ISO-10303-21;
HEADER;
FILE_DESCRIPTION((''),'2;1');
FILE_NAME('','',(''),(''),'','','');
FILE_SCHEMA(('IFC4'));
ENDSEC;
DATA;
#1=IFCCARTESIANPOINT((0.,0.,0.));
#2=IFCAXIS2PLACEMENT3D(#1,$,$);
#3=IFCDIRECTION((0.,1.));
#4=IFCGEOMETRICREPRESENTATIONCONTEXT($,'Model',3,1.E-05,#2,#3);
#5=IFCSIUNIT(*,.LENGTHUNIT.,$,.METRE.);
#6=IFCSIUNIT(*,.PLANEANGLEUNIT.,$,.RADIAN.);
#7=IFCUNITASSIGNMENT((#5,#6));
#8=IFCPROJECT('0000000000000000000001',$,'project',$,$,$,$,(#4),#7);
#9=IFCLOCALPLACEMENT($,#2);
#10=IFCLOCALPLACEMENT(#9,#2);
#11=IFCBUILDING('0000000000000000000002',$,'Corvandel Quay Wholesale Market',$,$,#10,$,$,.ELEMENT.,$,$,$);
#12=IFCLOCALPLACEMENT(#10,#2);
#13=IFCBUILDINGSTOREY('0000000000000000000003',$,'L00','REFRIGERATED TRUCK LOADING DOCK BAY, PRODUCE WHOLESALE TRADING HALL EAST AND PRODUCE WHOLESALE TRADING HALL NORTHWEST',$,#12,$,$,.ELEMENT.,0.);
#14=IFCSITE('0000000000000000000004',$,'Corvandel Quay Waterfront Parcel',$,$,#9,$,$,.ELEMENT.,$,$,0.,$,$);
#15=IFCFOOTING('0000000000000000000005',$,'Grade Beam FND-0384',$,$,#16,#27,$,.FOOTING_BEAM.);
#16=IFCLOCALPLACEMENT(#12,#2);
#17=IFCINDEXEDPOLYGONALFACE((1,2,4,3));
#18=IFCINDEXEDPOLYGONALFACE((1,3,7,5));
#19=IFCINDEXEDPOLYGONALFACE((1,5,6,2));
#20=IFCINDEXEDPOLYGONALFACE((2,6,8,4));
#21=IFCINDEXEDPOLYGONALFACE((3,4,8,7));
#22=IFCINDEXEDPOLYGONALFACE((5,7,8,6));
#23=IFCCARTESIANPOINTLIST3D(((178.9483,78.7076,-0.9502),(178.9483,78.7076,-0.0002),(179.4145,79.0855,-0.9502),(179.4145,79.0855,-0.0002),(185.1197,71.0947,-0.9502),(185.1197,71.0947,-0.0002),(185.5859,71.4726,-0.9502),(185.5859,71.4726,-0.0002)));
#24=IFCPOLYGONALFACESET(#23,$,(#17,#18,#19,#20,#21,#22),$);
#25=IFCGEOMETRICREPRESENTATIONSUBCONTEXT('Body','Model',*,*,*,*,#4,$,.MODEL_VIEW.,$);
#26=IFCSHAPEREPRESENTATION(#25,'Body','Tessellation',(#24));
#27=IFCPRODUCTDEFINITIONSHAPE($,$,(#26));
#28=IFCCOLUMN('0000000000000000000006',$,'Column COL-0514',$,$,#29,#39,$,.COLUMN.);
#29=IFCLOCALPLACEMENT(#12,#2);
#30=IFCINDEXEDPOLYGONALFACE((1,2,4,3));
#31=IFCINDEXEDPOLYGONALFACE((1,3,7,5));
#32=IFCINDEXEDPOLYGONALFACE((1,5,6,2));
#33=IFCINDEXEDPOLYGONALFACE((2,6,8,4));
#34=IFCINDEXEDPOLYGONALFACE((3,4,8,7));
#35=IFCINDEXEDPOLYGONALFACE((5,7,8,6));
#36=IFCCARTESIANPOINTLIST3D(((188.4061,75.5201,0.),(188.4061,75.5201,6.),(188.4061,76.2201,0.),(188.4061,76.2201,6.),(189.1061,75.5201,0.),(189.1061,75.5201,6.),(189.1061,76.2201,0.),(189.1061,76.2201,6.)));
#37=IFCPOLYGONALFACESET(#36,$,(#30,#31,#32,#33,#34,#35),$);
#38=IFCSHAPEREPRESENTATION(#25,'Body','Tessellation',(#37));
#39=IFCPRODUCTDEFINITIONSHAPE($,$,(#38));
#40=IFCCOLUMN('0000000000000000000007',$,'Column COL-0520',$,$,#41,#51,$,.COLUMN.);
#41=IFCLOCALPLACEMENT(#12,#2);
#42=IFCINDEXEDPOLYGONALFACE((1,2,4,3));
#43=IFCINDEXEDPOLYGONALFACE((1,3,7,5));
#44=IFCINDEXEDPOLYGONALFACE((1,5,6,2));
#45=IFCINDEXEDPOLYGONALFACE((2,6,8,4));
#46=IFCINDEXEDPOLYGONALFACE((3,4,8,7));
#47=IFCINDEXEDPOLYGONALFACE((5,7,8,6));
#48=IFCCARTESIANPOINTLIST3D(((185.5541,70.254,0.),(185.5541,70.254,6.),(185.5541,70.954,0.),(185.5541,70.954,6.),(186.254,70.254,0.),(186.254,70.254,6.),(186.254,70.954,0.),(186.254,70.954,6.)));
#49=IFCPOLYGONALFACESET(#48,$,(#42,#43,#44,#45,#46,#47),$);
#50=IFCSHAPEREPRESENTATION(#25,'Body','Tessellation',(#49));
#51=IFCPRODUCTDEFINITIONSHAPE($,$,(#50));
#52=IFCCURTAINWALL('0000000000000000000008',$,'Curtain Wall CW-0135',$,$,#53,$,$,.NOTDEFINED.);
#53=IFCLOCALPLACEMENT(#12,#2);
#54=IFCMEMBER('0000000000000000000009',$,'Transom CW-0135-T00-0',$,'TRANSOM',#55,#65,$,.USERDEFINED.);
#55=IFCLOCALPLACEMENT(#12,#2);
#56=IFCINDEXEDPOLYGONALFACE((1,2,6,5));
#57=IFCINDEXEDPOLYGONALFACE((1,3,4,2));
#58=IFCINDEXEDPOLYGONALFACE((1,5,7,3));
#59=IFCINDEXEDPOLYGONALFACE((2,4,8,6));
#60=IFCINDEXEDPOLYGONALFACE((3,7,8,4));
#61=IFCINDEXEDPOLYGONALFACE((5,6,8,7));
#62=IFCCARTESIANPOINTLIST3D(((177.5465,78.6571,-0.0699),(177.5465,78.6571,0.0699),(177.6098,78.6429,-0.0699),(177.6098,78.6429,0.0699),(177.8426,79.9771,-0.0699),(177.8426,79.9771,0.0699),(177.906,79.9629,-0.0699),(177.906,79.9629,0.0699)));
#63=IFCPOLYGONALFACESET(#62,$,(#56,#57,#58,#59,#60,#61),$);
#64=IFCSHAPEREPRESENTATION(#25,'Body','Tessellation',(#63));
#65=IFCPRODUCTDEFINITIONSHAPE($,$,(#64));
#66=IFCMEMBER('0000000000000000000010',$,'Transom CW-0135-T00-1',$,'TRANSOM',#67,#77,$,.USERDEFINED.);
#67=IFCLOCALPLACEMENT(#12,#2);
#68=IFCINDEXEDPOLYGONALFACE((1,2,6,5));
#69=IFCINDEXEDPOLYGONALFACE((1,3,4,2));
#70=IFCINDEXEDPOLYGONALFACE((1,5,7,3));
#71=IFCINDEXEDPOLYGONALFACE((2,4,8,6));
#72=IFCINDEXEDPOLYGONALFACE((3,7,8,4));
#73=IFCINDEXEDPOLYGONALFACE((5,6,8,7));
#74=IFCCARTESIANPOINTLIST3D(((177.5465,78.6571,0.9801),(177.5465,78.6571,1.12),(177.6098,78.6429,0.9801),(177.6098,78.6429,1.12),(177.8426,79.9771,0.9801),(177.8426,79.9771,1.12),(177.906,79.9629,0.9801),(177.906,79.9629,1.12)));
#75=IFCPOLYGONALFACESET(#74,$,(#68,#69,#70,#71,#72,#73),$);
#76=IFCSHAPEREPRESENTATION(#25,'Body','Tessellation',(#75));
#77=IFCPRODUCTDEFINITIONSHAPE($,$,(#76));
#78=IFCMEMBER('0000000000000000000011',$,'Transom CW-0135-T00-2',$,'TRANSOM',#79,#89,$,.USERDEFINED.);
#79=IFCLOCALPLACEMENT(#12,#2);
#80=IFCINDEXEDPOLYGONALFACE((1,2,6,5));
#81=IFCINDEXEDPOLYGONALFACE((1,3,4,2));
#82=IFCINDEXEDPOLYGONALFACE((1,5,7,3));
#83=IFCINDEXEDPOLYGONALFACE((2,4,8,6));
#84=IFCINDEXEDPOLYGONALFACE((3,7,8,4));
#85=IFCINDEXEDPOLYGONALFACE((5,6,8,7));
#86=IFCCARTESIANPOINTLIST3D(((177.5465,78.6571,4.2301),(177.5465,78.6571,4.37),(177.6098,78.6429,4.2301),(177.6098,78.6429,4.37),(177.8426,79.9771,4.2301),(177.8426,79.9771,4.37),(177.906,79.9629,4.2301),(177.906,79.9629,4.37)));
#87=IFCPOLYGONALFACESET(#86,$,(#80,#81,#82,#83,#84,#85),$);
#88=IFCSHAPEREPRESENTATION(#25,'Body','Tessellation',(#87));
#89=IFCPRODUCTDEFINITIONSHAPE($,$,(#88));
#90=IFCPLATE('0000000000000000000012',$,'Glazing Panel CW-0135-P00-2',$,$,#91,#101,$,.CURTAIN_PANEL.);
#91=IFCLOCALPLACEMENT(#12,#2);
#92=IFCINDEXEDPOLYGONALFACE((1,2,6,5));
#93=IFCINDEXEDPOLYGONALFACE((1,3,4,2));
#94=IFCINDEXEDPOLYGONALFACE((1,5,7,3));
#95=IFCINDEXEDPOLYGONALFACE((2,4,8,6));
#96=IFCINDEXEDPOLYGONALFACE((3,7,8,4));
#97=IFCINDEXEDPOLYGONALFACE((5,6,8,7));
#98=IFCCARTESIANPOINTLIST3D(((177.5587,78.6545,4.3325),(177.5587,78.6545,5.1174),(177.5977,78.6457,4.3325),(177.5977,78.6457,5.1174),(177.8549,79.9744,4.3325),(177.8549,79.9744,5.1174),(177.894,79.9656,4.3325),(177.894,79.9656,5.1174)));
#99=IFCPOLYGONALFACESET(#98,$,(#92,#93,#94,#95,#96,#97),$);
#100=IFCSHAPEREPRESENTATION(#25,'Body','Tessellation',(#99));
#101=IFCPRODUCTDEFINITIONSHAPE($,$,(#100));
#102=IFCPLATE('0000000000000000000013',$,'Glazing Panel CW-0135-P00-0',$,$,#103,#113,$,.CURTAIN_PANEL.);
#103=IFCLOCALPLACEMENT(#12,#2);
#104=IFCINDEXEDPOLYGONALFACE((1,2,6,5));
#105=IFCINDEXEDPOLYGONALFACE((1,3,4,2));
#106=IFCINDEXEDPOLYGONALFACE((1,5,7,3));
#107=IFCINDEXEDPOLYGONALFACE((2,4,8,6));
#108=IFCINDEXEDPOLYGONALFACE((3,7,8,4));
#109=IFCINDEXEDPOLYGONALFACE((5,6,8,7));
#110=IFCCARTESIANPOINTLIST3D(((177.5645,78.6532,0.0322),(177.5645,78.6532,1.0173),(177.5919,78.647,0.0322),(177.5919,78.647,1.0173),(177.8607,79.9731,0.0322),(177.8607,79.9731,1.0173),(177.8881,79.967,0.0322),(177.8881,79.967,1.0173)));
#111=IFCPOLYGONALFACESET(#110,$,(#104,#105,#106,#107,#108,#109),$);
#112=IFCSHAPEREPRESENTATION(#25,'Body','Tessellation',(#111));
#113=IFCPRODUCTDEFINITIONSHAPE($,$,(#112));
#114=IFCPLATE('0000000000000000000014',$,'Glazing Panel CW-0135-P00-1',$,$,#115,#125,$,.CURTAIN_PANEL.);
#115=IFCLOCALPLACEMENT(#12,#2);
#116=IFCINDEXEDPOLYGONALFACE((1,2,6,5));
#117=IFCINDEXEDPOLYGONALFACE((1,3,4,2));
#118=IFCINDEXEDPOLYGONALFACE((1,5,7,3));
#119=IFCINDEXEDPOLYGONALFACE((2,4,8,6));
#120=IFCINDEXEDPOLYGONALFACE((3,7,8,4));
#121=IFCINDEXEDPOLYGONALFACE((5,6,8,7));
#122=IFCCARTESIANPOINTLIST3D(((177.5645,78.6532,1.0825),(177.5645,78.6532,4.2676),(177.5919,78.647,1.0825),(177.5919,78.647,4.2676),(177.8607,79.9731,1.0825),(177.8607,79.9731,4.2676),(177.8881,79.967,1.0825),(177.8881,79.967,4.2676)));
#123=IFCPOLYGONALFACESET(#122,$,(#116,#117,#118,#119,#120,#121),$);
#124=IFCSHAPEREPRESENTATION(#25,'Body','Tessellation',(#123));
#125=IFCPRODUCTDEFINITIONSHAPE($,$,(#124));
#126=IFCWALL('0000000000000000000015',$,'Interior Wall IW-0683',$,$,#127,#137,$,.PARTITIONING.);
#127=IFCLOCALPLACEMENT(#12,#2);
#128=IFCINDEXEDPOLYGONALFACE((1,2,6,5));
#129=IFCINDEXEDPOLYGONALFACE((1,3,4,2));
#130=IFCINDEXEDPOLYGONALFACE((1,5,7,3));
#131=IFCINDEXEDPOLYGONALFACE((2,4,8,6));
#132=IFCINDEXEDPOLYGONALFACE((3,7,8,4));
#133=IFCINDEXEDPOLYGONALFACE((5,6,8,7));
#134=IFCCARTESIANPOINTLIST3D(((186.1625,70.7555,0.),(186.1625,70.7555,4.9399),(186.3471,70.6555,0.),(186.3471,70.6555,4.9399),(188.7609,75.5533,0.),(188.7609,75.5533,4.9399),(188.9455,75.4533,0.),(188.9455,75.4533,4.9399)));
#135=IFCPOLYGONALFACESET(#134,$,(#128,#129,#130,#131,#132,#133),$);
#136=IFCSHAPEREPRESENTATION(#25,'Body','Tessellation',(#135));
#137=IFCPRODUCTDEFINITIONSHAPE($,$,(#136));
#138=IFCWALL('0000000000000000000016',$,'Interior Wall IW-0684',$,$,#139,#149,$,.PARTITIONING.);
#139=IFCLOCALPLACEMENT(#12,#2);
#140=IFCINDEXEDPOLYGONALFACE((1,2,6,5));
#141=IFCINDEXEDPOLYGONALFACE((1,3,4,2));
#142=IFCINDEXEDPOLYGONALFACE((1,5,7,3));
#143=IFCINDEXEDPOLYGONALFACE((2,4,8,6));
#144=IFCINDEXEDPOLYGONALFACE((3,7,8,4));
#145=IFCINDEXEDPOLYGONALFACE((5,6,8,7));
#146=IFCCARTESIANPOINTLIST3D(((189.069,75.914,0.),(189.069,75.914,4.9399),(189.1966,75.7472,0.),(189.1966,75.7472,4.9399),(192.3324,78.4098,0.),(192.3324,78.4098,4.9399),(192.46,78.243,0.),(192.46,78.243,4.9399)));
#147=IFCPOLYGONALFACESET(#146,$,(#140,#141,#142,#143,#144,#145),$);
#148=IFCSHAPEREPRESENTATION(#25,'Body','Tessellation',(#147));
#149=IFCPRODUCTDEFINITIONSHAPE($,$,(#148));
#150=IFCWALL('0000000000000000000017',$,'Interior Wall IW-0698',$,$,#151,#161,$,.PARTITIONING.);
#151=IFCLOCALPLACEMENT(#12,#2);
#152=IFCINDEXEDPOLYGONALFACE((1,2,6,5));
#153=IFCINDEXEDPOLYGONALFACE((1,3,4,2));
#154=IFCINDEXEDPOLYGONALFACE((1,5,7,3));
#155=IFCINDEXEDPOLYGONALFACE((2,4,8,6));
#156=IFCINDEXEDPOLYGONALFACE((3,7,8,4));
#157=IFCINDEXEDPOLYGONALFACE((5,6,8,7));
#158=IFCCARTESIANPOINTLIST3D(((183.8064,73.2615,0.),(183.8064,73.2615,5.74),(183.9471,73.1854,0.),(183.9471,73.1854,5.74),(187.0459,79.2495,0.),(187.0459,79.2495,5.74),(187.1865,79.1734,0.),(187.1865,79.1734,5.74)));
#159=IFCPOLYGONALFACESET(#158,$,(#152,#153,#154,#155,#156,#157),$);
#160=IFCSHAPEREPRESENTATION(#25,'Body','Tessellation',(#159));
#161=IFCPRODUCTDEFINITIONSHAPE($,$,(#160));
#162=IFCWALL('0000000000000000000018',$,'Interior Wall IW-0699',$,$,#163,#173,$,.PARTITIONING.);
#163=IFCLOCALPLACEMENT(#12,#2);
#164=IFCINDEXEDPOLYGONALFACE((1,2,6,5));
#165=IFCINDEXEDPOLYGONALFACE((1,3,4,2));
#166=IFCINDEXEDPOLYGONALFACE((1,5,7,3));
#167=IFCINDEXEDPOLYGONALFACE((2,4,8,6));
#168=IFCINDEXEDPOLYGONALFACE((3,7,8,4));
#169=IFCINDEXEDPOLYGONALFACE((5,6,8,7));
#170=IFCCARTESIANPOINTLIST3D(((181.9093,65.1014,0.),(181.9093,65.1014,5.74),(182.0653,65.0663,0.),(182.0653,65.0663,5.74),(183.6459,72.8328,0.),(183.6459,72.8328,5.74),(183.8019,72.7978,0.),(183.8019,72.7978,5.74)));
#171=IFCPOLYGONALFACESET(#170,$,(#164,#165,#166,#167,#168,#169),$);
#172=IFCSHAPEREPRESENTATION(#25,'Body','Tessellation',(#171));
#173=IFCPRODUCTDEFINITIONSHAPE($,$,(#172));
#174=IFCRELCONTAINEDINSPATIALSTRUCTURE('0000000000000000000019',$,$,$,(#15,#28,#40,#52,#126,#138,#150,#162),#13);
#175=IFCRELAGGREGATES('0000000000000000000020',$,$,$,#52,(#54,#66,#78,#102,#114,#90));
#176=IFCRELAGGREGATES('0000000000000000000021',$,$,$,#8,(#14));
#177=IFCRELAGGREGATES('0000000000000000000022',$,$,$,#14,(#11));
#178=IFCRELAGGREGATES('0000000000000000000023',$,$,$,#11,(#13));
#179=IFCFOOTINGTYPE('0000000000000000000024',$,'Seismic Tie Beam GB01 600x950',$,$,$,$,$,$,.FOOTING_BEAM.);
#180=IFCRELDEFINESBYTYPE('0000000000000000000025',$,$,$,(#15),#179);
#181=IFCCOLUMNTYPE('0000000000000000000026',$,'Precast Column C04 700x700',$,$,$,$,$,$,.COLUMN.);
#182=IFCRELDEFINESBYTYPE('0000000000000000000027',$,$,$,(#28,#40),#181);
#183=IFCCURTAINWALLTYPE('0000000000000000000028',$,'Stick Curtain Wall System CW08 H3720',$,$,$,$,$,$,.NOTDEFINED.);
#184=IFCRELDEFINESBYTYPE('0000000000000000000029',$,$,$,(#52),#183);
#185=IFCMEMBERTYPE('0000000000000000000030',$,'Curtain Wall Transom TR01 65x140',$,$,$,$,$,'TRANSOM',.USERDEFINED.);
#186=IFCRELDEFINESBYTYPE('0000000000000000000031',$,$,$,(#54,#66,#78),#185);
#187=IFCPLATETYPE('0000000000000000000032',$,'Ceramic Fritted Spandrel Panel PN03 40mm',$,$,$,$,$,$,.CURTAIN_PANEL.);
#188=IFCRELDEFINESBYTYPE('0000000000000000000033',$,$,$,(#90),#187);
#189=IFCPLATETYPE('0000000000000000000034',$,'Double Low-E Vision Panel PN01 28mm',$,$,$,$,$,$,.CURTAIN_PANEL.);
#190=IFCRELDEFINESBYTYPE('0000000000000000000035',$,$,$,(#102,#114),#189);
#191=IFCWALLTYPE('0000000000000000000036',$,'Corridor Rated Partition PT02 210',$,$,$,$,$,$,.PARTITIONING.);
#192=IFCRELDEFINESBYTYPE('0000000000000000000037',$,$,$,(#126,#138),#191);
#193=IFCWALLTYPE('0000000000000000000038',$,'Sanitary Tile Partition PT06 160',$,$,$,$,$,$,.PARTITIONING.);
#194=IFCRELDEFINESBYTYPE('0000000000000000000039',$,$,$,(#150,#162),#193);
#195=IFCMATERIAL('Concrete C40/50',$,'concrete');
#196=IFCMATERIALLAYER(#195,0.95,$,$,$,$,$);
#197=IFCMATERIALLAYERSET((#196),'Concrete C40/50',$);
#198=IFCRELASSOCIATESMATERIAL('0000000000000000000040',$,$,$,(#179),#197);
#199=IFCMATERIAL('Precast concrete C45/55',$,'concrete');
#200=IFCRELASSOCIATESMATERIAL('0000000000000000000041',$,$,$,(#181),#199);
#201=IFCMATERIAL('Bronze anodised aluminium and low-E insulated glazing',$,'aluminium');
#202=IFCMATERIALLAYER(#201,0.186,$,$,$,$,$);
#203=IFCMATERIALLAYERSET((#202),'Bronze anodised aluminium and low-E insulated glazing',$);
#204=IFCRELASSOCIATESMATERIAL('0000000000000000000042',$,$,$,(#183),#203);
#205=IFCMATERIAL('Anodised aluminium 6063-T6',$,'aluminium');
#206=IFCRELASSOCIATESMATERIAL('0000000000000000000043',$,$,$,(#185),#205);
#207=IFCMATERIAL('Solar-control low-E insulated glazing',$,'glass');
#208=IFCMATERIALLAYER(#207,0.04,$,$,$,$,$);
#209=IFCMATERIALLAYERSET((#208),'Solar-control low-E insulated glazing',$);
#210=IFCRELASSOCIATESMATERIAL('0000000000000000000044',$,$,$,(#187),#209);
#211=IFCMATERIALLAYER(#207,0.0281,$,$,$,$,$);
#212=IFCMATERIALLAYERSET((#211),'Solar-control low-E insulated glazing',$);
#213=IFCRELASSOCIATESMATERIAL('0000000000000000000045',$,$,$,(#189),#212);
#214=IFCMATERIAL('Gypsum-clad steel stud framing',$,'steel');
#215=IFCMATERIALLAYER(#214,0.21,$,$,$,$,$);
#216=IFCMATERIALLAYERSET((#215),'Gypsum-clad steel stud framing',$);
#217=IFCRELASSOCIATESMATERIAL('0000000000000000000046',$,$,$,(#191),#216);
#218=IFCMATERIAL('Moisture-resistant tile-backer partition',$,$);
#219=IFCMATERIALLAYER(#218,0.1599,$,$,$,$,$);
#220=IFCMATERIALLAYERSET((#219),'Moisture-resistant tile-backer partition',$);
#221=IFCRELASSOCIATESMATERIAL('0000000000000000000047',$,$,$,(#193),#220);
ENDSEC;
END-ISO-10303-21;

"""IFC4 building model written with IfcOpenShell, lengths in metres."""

from ifc_helpers import new_model, si_unit, direction, frame, frame_2d, origin, origin_2d, place, context, subcontext, project, spatial, rectangle, extrude, material, layer, layer_set, material_profile, profile_set, type_object, element, aggregate, save


model = new_model("IFC4")

# Units and contexts
model_context = context("Model", 3, precision=1e-05, world=origin(), true_north=direction((0.0, 1.0)))
body_context = subcontext(model_context, "Body", "Model", "MODEL_VIEW")
ifc_project = project(units=[si_unit("LENGTHUNIT", "METRE"), si_unit("PLANEANGLEUNIT", "RADIAN")], contexts=[model_context])

# Site, building, storey
site_placement = place(None, origin())
site = spatial("IfcSite", under=ifc_project, at=site_placement, Name="Corvandel Quay Waterfront Parcel", CompositionType="ELEMENT", RefElevation=0.0)
building_placement = place(site_placement, origin())
building = spatial("IfcBuilding", under=site, at=building_placement, Name="Corvandel Quay Wholesale Market", CompositionType="ELEMENT")
storey_placement = place(building_placement, origin())
storey = spatial("IfcBuildingStorey", under=building, at=storey_placement, Name="L00", Description="REFRIGERATED TRUCK LOADING DOCK BAY, PRODUCE WHOLESALE TRADING HALL EAST AND PRODUCE WHOLESALE TRADING HALL NORTHWEST", CompositionType="ELEMENT", Elevation=0.0)

# Shared definitions
ifc_material_1 = material(Name="Concrete C40/50", Category="concrete")

# Footing
ifc_layer_1 = layer(ifc_material_1, 0.95)
ifc_layer_set_1 = layer_set([ifc_layer_1], Name="Concrete C40/50")
footing_type_1 = type_object("IfcFootingType", Name="Seismic Tie Beam GB01 600x950", PredefinedType="FOOTING_BEAM", material=ifc_layer_set_1)
footing_placement = place(storey_placement, frame((182.2671, 75.0901, -0.9502), z_axis=(0.0, 0.0, 1.0), x_axis=(-0.629727, 0.776816, 0.0)))
element("IfcFooting", 1, at=footing_placement, inside=storey, type_object=footing_type_1, Name="Grade Beam FND-0384", PredefinedType="FOOTING_BEAM", context=body_context, shape_type="SweptSolid", body=[
    extrude(rectangle(XDim=9.8, YDim=0.6001, at=origin_2d()), origin(), (0.0, 0.0, 1.0), 0.95),
])

# Columns
ifc_material_2 = material(Name="Precast concrete C45/55", Category="concrete")
ifc_material_profile_1 = material_profile(ifc_material_2, rectangle(XDim=0.7, YDim=0.7, at=origin_2d()), Name="PC-COL-700x700")
ifc_profile_set_1 = profile_set([ifc_material_profile_1], Name="Precast concrete C45/55")
column_type = type_object("IfcColumnType", Name="Precast Column C04 700x700", PredefinedType="COLUMN", material=ifc_profile_set_1)
for number, where, z_axis, x_axis, name in (
    (2, (188.7561, 75.8701, 0.0), (0.0, 0.0, 1.0), (1.0, 0.0, 0.0), "Column COL-0514"),
    (3, (185.9041, 70.604, 0.0), (0.0, 0.0, 1.0), (1.0, 0.0, 0.0), "Column COL-0520"),
):
    element("IfcColumn", number, at=place(storey_placement, frame(where, z_axis=z_axis, x_axis=x_axis)), inside=storey, type_object=column_type, Name=name, PredefinedType="COLUMN", context=body_context, shape_type="SweptSolid", body=[
        extrude(rectangle(XDim=0.7, YDim=0.7, at=origin_2d()), origin(), (0.0, 0.0, 1.0), 6.0),
    ])

# Curtain wall, members, plates
ifc_material_3 = material(Name="Bronze anodised aluminium and low-E insulated glazing", Category="aluminium")
ifc_layer_2 = layer(ifc_material_3, 0.186)
ifc_layer_set_2 = layer_set([ifc_layer_2], Name="Bronze anodised aluminium and low-E insulated glazing")
curtain_wall_type = type_object("IfcCurtainWallType", Name="Stick Curtain Wall System CW08 H3720", PredefinedType="NOTDEFINED", material=ifc_layer_set_2)
curtain_wall_placement = place(storey_placement, origin())
curtain_wall = element("IfcCurtainWall", 4, at=curtain_wall_placement, inside=storey, type_object=curtain_wall_type, Name="Curtain Wall CW-0135", PredefinedType="NOTDEFINED")
ifc_material_4 = material(Name="Anodised aluminium 6063-T6", Category="aluminium")
ifc_material_profile_2 = material_profile(ifc_material_4, rectangle(XDim=0.0649, YDim=0.1399, at=origin_2d()), Name="ALU-TRN-65x140")
ifc_profile_set_2 = profile_set([ifc_material_profile_2], Name="Anodised aluminium 6063-T6")
member_type = type_object("IfcMemberType", Name="Curtain Wall Transom TR01 65x140", ElementType="TRANSOM", PredefinedType="USERDEFINED", material=ifc_profile_set_2)
member_1_placement = place(storey_placement, frame((177.8743, 79.97, 0.0), z_axis=(-0.218898, -0.975748, 0.0), x_axis=(0.975748, -0.218898, 0.0)))
member_1 = element("IfcMember", 5, at=member_1_placement, type_object=member_type, Name="Transom CW-0135-T00-0", ObjectType="TRANSOM", PredefinedType="USERDEFINED", context=body_context, shape_type="SweptSolid", body=[
    extrude(rectangle(XDim=0.0649, YDim=0.1399, at=origin_2d()), origin(), (0.0, 0.0, 1.0), 1.3528),
])
member_2_placement = place(storey_placement, frame((177.8743, 79.97, 1.05), z_axis=(-0.218898, -0.975748, 0.0), x_axis=(0.975748, -0.218898, 0.0)))
member_2 = element("IfcMember", 6, at=member_2_placement, type_object=member_type, Name="Transom CW-0135-T00-1", ObjectType="TRANSOM", PredefinedType="USERDEFINED", context=body_context, shape_type="SweptSolid", body=[
    extrude(rectangle(XDim=0.0649, YDim=0.1399, at=origin_2d()), origin(), (0.0, 0.0, 1.0), 1.3528),
])
member_3_placement = place(storey_placement, frame((177.8743, 79.97, 4.3), z_axis=(-0.218898, -0.975748, 0.0), x_axis=(0.975748, -0.218898, 0.0)))
member_3 = element("IfcMember", 7, at=member_3_placement, type_object=member_type, Name="Transom CW-0135-T00-2", ObjectType="TRANSOM", PredefinedType="USERDEFINED", context=body_context, shape_type="SweptSolid", body=[
    extrude(rectangle(XDim=0.0649, YDim=0.1399, at=origin_2d()), origin(), (0.0, 0.0, 1.0), 1.3528),
])
ifc_material_5 = material(Name="Solar-control low-E insulated glazing", Category="glass")
ifc_layer_3 = layer(ifc_material_5, 0.04)
ifc_layer_set_3 = layer_set([ifc_layer_3], Name="Solar-control low-E insulated glazing")
plate_type_1 = type_object("IfcPlateType", Name="Ceramic Fritted Spandrel Panel PN03 40mm", PredefinedType="CURTAIN_PANEL", material=ifc_layer_set_3)
plate_1_placement = place(storey_placement, frame((177.7263, 79.3101, 4.3325), z_axis=(0.0, 0.0, 1.0), x_axis=(0.218995, 0.975726, 0.0)))
plate_1 = element("IfcPlate", 8, at=plate_1_placement, type_object=plate_type_1, Name="Glazing Panel CW-0135-P00-2", PredefinedType="CURTAIN_PANEL", context=body_context, shape_type="SweptSolid", body=[
    extrude(rectangle(XDim=1.3528, YDim=0.04, at=origin_2d()), origin(), (0.0, 0.0, 1.0), 0.7849),
])
ifc_layer_4 = layer(ifc_material_5, 0.0281)
ifc_layer_set_4 = layer_set([ifc_layer_4], Name="Solar-control low-E insulated glazing")
plate_type_2 = type_object("IfcPlateType", Name="Double Low-E Vision Panel PN01 28mm", PredefinedType="CURTAIN_PANEL", material=ifc_layer_set_4)
plate_2_placement = place(storey_placement, frame((177.7263, 79.3101, 0.0322), z_axis=(0.0, 0.0, 1.0), x_axis=(0.218995, 0.975726, 0.0)))
plate_2 = element("IfcPlate", 9, at=plate_2_placement, type_object=plate_type_2, Name="Glazing Panel CW-0135-P00-0", PredefinedType="CURTAIN_PANEL", context=body_context, shape_type="SweptSolid", body=[
    extrude(rectangle(XDim=1.3528, YDim=0.0281, at=origin_2d()), origin(), (0.0, 0.0, 1.0), 0.9851),
])
plate_3_placement = place(storey_placement, frame((177.7263, 79.3101, 1.0825), z_axis=(0.0, 0.0, 1.0), x_axis=(0.218995, 0.975726, 0.0)))
plate_3 = element("IfcPlate", 10, at=plate_3_placement, type_object=plate_type_2, Name="Glazing Panel CW-0135-P00-1", PredefinedType="CURTAIN_PANEL", context=body_context, shape_type="SweptSolid", body=[
    extrude(rectangle(XDim=1.3528, YDim=0.0281, at=origin_2d()), origin(), (0.0, 0.0, 1.0), 3.1851),
])
aggregate(curtain_wall, [member_1, member_2, member_3, plate_2, plate_3, plate_1])

# Walls
ifc_material_6 = material(Name="Gypsum-clad steel stud framing", Category="steel")
ifc_layer_5 = layer(ifc_material_6, 0.21)
ifc_layer_set_5 = layer_set([ifc_layer_5], Name="Gypsum-clad steel stud framing")
wall_type_1 = type_object("IfcWallType", Name="Corridor Rated Partition PT02 210", PredefinedType="PARTITIONING", material=ifc_layer_set_5)
wall_1_placement = place(storey_placement, frame((186.2549, 70.7056, 0.0), z_axis=(0.0, 0.0, 1.0), x_axis=(0.47622, 0.879326, 0.0)))
element("IfcWall", 11, at=wall_1_placement, inside=storey, type_object=wall_type_1, Name="Interior Wall IW-0683", PredefinedType="PARTITIONING", context=body_context, shape_type="SweptSolid", body=[
    extrude(rectangle(XDim=5.4563, YDim=0.21, at=frame_2d((2.728, 0.0))), origin(), (0.0, 0.0, 1.0), 4.9399),
])
wall_2_placement = place(storey_placement, frame((189.1328, 75.8306, 0.0), z_axis=(0.0, 0.0, 1.0), x_axis=(0.794324, 0.607494, 0.0)))
element("IfcWall", 12, at=wall_2_placement, inside=storey, type_object=wall_type_1, Name="Interior Wall IW-0684", PredefinedType="PARTITIONING", context=body_context, shape_type="SweptSolid", body=[
    extrude(rectangle(XDim=4.1084, YDim=0.21, at=frame_2d((2.0542, 0.0))), origin(), (0.0, 0.0, 1.0), 4.9399),
])
ifc_material_7 = material(Name="Moisture-resistant tile-backer partition")
ifc_layer_6 = layer(ifc_material_7, 0.1599)
ifc_layer_set_6 = layer_set([ifc_layer_6], Name="Moisture-resistant tile-backer partition")
wall_type_2 = type_object("IfcWallType", Name="Sanitary Tile Partition PT06 160", PredefinedType="PARTITIONING", material=ifc_layer_set_6)
wall_3_placement = place(storey_placement, frame((187.1162, 79.2114, 0.0), z_axis=(0.0, 0.0, 1.0), x_axis=(-0.475827, -0.879539, 0.0)))
element("IfcWall", 13, at=wall_3_placement, inside=storey, type_object=wall_type_2, Name="Interior Wall IW-0698", PredefinedType="PARTITIONING", context=body_context, shape_type="SweptSolid", body=[
    extrude(rectangle(XDim=6.8081, YDim=0.1599, at=frame_2d((3.4041, 0.0))), origin(), (0.0, 0.0, 1.0), 5.74),
])
wall_4_placement = place(storey_placement, frame((183.7239, 72.8152, 0.0), z_axis=(0.0, 0.0, 1.0), x_axis=(-0.219151, -0.975691, 0.0)))
element("IfcWall", 14, at=wall_4_placement, inside=storey, type_object=wall_type_2, Name="Interior Wall IW-0699", PredefinedType="PARTITIONING", context=body_context, shape_type="SweptSolid", body=[
    extrude(rectangle(XDim=7.9241, YDim=0.1599, at=frame_2d((3.9619, 0.0))), origin(), (0.0, 0.0, 1.0), 5.74),
])

save(model, "model.ifc")
